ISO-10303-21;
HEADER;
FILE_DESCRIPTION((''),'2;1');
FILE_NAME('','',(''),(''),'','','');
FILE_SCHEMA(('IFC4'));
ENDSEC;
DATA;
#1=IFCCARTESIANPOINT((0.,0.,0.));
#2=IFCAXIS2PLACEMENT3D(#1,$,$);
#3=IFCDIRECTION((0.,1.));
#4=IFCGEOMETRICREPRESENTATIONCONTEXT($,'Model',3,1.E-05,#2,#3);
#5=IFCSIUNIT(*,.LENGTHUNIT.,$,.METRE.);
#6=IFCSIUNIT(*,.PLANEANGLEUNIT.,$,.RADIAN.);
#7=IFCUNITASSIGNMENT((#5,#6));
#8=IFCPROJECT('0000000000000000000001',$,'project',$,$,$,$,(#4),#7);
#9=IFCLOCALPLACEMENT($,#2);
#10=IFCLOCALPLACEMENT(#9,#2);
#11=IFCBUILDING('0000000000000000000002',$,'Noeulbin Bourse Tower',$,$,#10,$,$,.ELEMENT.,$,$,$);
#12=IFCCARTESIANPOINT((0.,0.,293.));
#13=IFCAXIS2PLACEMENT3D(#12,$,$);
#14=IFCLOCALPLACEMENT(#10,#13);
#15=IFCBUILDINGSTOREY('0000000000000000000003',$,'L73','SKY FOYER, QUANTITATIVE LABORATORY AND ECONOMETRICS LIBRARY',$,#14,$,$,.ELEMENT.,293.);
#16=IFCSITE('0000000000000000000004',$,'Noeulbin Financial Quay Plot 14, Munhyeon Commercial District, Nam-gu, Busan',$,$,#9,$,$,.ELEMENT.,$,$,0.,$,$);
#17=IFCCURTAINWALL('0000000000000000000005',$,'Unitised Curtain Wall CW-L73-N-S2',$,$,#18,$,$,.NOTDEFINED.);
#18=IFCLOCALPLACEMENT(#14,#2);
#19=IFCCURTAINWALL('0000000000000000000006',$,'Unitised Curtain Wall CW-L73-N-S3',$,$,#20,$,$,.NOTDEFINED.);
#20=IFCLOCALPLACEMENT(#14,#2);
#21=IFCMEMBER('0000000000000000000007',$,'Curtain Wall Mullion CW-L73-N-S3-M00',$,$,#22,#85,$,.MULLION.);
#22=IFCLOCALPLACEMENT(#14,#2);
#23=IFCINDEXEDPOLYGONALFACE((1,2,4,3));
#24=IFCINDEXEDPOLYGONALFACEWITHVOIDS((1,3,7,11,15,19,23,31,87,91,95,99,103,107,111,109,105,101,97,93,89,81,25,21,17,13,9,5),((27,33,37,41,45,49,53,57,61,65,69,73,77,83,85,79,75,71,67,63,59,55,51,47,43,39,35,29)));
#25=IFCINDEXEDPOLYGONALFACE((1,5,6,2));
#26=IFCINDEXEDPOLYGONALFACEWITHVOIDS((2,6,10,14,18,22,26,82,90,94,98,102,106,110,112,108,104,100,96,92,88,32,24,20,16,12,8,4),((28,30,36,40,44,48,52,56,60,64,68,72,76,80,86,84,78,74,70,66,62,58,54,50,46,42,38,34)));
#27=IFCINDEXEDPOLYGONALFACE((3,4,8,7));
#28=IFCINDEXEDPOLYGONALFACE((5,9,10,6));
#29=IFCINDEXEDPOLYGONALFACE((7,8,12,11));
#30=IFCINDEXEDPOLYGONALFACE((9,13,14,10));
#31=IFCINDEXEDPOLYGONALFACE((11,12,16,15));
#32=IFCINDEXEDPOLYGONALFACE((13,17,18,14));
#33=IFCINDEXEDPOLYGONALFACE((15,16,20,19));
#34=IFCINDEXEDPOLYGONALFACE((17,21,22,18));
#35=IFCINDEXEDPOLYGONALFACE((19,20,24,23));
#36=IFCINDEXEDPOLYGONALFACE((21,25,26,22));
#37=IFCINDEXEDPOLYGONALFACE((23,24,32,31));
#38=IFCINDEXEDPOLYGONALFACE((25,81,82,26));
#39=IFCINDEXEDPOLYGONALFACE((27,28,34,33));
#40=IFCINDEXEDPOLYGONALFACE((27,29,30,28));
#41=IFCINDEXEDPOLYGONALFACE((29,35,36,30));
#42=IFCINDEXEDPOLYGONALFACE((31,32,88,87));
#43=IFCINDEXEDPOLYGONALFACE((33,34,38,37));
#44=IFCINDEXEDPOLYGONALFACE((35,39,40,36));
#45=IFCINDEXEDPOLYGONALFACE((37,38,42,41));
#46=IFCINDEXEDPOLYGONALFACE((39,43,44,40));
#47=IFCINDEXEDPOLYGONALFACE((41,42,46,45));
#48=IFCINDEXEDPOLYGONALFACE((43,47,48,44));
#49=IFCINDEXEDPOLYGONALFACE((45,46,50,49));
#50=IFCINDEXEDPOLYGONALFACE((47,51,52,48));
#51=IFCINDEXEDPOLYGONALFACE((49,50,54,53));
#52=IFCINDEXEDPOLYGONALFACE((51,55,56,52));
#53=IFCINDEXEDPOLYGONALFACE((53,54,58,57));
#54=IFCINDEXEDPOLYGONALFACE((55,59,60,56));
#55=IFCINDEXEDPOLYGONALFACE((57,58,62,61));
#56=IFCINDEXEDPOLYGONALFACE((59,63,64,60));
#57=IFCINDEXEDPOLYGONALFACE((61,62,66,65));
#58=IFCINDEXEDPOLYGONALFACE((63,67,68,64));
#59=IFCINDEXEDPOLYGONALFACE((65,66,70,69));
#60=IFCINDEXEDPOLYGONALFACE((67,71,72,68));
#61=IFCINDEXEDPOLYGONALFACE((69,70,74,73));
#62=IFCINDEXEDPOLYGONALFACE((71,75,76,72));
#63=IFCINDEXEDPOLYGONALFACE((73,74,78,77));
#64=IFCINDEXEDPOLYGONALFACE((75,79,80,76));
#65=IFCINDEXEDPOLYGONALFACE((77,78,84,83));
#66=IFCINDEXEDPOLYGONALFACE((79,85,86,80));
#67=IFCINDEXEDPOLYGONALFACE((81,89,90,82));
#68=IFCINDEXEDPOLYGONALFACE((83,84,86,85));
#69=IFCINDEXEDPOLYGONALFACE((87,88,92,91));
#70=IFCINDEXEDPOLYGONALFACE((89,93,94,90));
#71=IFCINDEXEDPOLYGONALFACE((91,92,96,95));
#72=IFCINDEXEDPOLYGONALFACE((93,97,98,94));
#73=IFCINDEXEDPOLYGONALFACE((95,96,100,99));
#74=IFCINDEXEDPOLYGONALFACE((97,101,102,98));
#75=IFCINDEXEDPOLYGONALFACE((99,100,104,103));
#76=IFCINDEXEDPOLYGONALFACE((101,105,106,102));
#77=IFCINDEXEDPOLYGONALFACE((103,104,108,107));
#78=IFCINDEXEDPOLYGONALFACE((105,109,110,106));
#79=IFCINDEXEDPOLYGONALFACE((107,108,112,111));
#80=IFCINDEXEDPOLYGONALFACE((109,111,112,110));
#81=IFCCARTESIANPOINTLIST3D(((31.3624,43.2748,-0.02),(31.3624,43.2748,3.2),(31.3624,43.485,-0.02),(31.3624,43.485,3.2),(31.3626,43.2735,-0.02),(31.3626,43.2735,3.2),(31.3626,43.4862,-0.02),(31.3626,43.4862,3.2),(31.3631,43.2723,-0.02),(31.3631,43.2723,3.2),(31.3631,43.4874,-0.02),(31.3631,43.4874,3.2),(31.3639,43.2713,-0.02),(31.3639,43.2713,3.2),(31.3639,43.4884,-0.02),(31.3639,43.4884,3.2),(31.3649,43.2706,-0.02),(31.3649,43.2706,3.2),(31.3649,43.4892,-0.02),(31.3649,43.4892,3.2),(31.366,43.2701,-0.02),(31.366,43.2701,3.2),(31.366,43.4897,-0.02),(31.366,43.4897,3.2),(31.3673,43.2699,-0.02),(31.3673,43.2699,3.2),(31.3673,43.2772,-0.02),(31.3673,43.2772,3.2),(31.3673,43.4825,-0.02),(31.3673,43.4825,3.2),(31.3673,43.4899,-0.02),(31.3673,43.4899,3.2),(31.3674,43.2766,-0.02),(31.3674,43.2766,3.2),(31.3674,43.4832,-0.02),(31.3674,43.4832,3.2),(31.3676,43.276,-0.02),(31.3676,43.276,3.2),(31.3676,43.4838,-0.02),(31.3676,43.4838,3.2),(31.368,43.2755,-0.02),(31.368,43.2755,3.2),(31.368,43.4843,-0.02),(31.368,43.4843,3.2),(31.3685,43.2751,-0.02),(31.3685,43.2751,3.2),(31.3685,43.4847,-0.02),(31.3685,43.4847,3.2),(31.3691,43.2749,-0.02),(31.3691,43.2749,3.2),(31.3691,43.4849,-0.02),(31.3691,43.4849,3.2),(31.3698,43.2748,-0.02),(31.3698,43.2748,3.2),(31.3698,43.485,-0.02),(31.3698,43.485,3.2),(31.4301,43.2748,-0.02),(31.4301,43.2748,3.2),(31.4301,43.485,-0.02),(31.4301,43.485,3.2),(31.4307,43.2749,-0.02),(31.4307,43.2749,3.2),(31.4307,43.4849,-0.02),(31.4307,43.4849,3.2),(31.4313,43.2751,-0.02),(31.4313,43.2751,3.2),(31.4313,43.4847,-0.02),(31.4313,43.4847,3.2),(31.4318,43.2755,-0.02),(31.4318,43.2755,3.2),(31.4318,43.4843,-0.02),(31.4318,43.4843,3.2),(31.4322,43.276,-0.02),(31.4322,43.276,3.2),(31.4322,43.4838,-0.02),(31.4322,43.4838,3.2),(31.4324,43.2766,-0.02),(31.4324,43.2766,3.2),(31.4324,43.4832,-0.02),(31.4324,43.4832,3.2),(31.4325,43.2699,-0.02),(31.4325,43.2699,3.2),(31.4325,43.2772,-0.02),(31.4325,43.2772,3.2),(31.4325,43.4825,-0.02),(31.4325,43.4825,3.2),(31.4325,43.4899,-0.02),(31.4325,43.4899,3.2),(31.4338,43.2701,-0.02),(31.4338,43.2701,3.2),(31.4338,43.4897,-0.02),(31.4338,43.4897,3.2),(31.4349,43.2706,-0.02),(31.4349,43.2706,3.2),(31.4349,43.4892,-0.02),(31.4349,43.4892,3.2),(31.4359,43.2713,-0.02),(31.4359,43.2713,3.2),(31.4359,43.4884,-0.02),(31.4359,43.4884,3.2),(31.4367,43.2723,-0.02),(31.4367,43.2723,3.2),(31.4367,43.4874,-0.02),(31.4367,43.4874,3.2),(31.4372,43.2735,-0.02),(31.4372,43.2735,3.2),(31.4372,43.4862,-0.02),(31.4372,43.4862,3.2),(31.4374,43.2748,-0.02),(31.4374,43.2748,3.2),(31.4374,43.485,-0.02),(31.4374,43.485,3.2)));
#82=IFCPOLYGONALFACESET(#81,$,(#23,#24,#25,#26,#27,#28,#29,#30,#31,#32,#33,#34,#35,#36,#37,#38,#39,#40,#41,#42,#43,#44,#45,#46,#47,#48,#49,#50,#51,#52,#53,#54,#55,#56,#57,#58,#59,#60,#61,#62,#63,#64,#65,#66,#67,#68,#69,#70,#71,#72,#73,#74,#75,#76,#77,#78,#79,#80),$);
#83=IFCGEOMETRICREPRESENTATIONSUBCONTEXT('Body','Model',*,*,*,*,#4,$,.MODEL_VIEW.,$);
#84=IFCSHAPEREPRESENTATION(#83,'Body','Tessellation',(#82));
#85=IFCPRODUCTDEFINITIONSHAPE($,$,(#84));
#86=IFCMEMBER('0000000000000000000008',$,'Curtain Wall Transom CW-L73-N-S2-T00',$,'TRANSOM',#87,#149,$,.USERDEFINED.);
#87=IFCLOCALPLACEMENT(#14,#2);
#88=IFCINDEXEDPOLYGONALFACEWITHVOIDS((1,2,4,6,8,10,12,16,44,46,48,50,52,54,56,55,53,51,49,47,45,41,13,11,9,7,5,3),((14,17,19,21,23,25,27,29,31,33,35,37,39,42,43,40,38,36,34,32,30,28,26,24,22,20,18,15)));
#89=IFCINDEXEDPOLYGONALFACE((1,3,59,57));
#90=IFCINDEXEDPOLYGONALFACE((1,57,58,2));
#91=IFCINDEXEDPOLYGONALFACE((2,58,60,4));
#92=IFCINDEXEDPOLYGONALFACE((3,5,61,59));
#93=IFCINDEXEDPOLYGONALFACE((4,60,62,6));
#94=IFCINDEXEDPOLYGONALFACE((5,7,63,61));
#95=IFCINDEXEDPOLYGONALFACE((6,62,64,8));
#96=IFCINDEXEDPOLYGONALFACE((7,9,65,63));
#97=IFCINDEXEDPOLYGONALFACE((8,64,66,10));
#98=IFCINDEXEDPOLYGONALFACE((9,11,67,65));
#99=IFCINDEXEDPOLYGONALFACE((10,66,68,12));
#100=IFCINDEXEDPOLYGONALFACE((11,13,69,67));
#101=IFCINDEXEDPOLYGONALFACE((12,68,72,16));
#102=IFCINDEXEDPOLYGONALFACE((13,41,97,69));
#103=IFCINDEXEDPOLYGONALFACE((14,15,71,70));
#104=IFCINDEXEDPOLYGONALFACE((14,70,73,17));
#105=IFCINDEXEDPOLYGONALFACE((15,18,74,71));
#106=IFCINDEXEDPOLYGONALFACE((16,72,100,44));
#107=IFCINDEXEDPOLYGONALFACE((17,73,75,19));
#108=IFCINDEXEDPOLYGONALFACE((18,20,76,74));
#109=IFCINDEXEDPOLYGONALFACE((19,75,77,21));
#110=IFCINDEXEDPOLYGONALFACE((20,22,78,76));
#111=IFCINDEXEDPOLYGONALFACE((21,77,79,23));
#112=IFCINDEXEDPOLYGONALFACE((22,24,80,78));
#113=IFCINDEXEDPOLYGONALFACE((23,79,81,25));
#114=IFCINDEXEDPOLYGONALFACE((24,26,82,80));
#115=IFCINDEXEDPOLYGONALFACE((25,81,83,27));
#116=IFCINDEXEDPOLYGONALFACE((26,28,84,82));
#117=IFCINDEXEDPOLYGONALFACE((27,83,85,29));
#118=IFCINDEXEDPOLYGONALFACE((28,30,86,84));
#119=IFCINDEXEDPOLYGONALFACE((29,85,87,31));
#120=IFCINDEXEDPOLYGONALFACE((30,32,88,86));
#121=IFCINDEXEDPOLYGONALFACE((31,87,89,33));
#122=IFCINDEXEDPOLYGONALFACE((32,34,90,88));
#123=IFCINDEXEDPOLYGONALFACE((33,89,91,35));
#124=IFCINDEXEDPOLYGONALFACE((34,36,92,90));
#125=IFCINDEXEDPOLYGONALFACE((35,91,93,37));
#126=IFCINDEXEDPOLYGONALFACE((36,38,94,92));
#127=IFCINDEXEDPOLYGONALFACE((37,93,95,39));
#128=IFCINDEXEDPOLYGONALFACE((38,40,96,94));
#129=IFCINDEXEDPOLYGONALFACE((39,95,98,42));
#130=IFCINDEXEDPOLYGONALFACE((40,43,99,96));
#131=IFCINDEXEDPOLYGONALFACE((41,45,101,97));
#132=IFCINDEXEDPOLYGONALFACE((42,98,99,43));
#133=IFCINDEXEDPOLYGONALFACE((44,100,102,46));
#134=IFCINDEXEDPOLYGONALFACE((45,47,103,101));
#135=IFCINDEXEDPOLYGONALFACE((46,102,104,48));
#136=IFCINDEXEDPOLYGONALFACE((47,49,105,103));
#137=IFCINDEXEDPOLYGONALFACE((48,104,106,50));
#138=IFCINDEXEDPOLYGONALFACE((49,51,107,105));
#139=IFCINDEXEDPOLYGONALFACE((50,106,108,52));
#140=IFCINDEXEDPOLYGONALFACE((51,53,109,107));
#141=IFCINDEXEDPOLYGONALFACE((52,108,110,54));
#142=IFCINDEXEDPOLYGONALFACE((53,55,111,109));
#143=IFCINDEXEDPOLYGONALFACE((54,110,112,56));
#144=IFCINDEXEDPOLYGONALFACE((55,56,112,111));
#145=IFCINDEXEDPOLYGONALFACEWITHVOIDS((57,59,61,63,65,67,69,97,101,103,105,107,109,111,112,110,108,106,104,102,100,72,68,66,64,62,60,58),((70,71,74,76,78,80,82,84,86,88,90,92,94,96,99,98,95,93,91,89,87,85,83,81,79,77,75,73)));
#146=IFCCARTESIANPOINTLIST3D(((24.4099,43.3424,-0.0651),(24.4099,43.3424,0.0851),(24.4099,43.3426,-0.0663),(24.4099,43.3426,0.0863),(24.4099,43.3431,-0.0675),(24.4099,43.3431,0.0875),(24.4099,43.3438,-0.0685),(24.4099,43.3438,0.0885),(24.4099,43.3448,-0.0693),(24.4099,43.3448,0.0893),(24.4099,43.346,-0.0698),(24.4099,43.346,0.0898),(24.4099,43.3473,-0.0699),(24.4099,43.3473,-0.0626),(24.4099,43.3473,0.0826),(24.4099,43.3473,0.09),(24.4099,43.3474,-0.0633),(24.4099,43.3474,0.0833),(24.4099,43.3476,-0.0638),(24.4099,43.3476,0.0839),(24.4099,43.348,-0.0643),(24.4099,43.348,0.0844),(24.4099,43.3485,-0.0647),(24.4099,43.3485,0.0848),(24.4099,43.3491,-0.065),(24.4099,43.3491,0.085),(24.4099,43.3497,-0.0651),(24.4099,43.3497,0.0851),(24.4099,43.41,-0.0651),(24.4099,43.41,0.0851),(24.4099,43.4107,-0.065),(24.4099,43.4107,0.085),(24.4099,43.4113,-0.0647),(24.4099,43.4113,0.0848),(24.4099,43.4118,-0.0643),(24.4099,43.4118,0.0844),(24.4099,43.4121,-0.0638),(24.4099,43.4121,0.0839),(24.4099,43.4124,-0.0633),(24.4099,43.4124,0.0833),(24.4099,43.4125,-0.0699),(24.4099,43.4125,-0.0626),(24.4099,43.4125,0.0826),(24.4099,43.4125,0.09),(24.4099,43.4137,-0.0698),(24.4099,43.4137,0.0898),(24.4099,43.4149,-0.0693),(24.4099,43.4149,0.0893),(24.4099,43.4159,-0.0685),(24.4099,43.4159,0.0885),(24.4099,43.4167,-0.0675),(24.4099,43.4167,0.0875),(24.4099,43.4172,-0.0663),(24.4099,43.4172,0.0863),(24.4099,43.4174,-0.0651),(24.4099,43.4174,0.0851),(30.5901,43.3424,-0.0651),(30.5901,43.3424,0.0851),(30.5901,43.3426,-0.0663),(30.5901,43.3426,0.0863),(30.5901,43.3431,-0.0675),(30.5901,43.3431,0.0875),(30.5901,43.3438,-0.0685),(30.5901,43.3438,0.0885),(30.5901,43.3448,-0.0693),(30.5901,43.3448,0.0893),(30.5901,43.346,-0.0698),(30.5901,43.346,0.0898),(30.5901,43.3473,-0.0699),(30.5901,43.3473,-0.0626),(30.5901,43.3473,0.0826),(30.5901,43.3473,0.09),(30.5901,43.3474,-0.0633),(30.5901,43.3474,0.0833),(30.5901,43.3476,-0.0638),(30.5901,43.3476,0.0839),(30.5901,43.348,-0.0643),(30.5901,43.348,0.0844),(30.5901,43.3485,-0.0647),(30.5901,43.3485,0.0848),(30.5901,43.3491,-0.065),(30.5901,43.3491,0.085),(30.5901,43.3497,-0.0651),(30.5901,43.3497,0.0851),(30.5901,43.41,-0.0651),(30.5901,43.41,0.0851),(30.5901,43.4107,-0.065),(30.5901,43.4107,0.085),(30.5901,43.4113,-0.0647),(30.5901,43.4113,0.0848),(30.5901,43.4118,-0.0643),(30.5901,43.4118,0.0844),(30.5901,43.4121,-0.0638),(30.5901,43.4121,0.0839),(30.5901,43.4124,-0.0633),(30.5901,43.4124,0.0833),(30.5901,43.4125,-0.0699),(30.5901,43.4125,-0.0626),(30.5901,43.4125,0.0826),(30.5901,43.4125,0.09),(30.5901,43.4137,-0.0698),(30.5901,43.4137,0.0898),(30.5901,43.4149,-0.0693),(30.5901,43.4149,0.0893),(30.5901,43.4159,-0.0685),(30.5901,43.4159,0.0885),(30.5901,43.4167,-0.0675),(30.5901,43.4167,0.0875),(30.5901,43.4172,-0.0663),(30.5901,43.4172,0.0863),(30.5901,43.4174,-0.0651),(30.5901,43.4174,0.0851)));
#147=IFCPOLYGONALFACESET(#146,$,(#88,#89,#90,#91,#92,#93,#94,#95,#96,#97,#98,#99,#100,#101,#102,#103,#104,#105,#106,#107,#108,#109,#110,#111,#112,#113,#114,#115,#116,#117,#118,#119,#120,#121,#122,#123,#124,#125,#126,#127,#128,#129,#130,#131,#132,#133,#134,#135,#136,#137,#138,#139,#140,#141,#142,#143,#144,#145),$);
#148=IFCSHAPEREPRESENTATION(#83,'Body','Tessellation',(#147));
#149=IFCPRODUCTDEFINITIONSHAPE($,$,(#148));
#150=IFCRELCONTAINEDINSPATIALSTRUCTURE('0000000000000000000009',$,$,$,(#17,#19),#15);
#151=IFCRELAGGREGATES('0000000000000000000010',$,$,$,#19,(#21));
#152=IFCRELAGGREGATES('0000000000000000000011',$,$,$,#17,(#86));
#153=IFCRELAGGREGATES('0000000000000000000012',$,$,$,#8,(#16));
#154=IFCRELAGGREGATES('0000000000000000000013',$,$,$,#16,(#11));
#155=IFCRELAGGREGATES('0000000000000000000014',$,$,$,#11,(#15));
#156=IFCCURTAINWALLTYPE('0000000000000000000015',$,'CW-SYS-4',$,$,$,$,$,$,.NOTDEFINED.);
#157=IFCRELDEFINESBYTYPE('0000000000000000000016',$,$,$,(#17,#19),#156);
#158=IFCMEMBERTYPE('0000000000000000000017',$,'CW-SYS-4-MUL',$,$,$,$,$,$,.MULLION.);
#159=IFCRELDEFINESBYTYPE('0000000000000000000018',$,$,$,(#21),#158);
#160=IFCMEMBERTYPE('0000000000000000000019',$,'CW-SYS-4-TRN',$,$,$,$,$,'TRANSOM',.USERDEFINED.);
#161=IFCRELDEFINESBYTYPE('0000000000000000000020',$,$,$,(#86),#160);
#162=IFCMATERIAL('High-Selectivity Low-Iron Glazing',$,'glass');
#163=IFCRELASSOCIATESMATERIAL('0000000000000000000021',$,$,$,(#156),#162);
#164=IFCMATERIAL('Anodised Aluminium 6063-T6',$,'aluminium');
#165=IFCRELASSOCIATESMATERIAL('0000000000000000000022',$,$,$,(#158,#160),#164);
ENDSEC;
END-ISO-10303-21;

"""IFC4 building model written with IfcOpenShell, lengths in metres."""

from ifc_helpers import new_model, si_unit, direction, frame, origin, origin_2d, place, context, subcontext, project, spatial, hollow_rectangle, extrude, material, material_profile, profile_set, type_object, element, aggregate, save


model = new_model("IFC4")

# Units and contexts
model_context = context("Model", 3, precision=1e-05, world=origin(), true_north=direction((0.0, 1.0)))
body_context = subcontext(model_context, "Body", "Model", "MODEL_VIEW")
ifc_project = project(units=[si_unit("LENGTHUNIT", "METRE"), si_unit("PLANEANGLEUNIT", "RADIAN")], contexts=[model_context])

# Site, building, storey
site_placement = place(None, origin())
site = spatial("IfcSite", under=ifc_project, at=site_placement, Name="Noeulbin Financial Quay Plot 14, Munhyeon Commercial District, Nam-gu, Busan", CompositionType="ELEMENT", RefElevation=0.0)
building_placement = place(site_placement, origin())
building = spatial("IfcBuilding", under=site, at=building_placement, Name="Noeulbin Bourse Tower", CompositionType="ELEMENT")
storey_placement = place(building_placement, frame((0.0, 0.0, 293.0)))
storey = spatial("IfcBuildingStorey", under=building, at=storey_placement, Name="L73", Description="SKY FOYER, QUANTITATIVE LABORATORY AND ECONOMETRICS LIBRARY", CompositionType="ELEMENT", Elevation=293.0)

# Curtain wall
ifc_material_1 = material(Name="High-Selectivity Low-Iron Glazing", Category="glass")
curtain_wall_type = type_object("IfcCurtainWallType", Name="CW-SYS-4", PredefinedType="NOTDEFINED", material=ifc_material_1)
ifc_material_2 = material(Name="Anodised Aluminium 6063-T6", Category="aluminium")
ifc_material_profile_1 = material_profile(ifc_material_2, hollow_rectangle(XDim=0.075, YDim=0.22, WallThickness=0.0049, InnerFilletRadius=0.0024, OuterFilletRadius=0.0049, at=origin_2d()), Name="ALU-MULL-75x220x5", Category="LoadBearing")
ifc_profile_set_1 = profile_set([ifc_material_profile_1], Name="Anodised Aluminium 6063-T6")
member_type_1 = type_object("IfcMemberType", Name="CW-SYS-4-MUL", PredefinedType="MULLION", material=ifc_profile_set_1)
curtain_wall_1_placement = place(storey_placement, origin())
curtain_wall_1 = element("IfcCurtainWall", 1, at=curtain_wall_1_placement, inside=storey, type_object=curtain_wall_type, Name="Unitised Curtain Wall CW-L73-N-S2", PredefinedType="NOTDEFINED")

# Curtain wall, member
curtain_wall_2_placement = place(storey_placement, origin())
curtain_wall_2 = element("IfcCurtainWall", 2, at=curtain_wall_2_placement, inside=storey, type_object=curtain_wall_type, Name="Unitised Curtain Wall CW-L73-N-S3", PredefinedType="NOTDEFINED")
member_1_placement = place(storey_placement, frame((31.3999, 43.3799, -0.02), z_axis=(0.0, 0.0, 1.0), x_axis=(1.0, 0.0, 0.0)))
member_1 = element("IfcMember", 3, at=member_1_placement, type_object=member_type_1, Name="Curtain Wall Mullion CW-L73-N-S3-M00", PredefinedType="MULLION", context=body_context, shape_type="SweptSolid", body=[
    extrude(hollow_rectangle(XDim=0.075, YDim=0.22, WallThickness=0.0049, InnerFilletRadius=0.0024, OuterFilletRadius=0.0049, at=origin_2d()), origin(), (0.0, 0.0, 1.0), 3.22),
])

# Member
ifc_material_profile_2 = material_profile(ifc_material_2, hollow_rectangle(XDim=0.075, YDim=0.1599, WallThickness=0.0049, InnerFilletRadius=0.0024, OuterFilletRadius=0.0049, at=origin_2d()), Name="ALU-TRAN-75x160x5", Category="LoadBearing")
ifc_profile_set_2 = profile_set([ifc_material_profile_2], Name="Anodised Aluminium 6063-T6")
member_type_2 = type_object("IfcMemberType", Name="CW-SYS-4-TRN", ElementType="TRANSOM", PredefinedType="USERDEFINED", material=ifc_profile_set_2)
member_2_placement = place(storey_placement, frame((24.4099, 43.3799, 0.01), z_axis=(1.0, 0.0, 0.0), x_axis=(0.0, 1.0, 0.0)))
member_2 = element("IfcMember", 4, at=member_2_placement, type_object=member_type_2, Name="Curtain Wall Transom CW-L73-N-S2-T00", ObjectType="TRANSOM", PredefinedType="USERDEFINED", context=body_context, shape_type="SweptSolid", body=[
    extrude(hollow_rectangle(XDim=0.075, YDim=0.1599, WallThickness=0.0049, InnerFilletRadius=0.0024, OuterFilletRadius=0.0049, at=origin_2d()), origin(), (0.0, 0.0, 1.0), 6.1802),
])
aggregate(curtain_wall_2, [member_1])

aggregate(curtain_wall_1, [member_2])

save(model, "model.ifc")
